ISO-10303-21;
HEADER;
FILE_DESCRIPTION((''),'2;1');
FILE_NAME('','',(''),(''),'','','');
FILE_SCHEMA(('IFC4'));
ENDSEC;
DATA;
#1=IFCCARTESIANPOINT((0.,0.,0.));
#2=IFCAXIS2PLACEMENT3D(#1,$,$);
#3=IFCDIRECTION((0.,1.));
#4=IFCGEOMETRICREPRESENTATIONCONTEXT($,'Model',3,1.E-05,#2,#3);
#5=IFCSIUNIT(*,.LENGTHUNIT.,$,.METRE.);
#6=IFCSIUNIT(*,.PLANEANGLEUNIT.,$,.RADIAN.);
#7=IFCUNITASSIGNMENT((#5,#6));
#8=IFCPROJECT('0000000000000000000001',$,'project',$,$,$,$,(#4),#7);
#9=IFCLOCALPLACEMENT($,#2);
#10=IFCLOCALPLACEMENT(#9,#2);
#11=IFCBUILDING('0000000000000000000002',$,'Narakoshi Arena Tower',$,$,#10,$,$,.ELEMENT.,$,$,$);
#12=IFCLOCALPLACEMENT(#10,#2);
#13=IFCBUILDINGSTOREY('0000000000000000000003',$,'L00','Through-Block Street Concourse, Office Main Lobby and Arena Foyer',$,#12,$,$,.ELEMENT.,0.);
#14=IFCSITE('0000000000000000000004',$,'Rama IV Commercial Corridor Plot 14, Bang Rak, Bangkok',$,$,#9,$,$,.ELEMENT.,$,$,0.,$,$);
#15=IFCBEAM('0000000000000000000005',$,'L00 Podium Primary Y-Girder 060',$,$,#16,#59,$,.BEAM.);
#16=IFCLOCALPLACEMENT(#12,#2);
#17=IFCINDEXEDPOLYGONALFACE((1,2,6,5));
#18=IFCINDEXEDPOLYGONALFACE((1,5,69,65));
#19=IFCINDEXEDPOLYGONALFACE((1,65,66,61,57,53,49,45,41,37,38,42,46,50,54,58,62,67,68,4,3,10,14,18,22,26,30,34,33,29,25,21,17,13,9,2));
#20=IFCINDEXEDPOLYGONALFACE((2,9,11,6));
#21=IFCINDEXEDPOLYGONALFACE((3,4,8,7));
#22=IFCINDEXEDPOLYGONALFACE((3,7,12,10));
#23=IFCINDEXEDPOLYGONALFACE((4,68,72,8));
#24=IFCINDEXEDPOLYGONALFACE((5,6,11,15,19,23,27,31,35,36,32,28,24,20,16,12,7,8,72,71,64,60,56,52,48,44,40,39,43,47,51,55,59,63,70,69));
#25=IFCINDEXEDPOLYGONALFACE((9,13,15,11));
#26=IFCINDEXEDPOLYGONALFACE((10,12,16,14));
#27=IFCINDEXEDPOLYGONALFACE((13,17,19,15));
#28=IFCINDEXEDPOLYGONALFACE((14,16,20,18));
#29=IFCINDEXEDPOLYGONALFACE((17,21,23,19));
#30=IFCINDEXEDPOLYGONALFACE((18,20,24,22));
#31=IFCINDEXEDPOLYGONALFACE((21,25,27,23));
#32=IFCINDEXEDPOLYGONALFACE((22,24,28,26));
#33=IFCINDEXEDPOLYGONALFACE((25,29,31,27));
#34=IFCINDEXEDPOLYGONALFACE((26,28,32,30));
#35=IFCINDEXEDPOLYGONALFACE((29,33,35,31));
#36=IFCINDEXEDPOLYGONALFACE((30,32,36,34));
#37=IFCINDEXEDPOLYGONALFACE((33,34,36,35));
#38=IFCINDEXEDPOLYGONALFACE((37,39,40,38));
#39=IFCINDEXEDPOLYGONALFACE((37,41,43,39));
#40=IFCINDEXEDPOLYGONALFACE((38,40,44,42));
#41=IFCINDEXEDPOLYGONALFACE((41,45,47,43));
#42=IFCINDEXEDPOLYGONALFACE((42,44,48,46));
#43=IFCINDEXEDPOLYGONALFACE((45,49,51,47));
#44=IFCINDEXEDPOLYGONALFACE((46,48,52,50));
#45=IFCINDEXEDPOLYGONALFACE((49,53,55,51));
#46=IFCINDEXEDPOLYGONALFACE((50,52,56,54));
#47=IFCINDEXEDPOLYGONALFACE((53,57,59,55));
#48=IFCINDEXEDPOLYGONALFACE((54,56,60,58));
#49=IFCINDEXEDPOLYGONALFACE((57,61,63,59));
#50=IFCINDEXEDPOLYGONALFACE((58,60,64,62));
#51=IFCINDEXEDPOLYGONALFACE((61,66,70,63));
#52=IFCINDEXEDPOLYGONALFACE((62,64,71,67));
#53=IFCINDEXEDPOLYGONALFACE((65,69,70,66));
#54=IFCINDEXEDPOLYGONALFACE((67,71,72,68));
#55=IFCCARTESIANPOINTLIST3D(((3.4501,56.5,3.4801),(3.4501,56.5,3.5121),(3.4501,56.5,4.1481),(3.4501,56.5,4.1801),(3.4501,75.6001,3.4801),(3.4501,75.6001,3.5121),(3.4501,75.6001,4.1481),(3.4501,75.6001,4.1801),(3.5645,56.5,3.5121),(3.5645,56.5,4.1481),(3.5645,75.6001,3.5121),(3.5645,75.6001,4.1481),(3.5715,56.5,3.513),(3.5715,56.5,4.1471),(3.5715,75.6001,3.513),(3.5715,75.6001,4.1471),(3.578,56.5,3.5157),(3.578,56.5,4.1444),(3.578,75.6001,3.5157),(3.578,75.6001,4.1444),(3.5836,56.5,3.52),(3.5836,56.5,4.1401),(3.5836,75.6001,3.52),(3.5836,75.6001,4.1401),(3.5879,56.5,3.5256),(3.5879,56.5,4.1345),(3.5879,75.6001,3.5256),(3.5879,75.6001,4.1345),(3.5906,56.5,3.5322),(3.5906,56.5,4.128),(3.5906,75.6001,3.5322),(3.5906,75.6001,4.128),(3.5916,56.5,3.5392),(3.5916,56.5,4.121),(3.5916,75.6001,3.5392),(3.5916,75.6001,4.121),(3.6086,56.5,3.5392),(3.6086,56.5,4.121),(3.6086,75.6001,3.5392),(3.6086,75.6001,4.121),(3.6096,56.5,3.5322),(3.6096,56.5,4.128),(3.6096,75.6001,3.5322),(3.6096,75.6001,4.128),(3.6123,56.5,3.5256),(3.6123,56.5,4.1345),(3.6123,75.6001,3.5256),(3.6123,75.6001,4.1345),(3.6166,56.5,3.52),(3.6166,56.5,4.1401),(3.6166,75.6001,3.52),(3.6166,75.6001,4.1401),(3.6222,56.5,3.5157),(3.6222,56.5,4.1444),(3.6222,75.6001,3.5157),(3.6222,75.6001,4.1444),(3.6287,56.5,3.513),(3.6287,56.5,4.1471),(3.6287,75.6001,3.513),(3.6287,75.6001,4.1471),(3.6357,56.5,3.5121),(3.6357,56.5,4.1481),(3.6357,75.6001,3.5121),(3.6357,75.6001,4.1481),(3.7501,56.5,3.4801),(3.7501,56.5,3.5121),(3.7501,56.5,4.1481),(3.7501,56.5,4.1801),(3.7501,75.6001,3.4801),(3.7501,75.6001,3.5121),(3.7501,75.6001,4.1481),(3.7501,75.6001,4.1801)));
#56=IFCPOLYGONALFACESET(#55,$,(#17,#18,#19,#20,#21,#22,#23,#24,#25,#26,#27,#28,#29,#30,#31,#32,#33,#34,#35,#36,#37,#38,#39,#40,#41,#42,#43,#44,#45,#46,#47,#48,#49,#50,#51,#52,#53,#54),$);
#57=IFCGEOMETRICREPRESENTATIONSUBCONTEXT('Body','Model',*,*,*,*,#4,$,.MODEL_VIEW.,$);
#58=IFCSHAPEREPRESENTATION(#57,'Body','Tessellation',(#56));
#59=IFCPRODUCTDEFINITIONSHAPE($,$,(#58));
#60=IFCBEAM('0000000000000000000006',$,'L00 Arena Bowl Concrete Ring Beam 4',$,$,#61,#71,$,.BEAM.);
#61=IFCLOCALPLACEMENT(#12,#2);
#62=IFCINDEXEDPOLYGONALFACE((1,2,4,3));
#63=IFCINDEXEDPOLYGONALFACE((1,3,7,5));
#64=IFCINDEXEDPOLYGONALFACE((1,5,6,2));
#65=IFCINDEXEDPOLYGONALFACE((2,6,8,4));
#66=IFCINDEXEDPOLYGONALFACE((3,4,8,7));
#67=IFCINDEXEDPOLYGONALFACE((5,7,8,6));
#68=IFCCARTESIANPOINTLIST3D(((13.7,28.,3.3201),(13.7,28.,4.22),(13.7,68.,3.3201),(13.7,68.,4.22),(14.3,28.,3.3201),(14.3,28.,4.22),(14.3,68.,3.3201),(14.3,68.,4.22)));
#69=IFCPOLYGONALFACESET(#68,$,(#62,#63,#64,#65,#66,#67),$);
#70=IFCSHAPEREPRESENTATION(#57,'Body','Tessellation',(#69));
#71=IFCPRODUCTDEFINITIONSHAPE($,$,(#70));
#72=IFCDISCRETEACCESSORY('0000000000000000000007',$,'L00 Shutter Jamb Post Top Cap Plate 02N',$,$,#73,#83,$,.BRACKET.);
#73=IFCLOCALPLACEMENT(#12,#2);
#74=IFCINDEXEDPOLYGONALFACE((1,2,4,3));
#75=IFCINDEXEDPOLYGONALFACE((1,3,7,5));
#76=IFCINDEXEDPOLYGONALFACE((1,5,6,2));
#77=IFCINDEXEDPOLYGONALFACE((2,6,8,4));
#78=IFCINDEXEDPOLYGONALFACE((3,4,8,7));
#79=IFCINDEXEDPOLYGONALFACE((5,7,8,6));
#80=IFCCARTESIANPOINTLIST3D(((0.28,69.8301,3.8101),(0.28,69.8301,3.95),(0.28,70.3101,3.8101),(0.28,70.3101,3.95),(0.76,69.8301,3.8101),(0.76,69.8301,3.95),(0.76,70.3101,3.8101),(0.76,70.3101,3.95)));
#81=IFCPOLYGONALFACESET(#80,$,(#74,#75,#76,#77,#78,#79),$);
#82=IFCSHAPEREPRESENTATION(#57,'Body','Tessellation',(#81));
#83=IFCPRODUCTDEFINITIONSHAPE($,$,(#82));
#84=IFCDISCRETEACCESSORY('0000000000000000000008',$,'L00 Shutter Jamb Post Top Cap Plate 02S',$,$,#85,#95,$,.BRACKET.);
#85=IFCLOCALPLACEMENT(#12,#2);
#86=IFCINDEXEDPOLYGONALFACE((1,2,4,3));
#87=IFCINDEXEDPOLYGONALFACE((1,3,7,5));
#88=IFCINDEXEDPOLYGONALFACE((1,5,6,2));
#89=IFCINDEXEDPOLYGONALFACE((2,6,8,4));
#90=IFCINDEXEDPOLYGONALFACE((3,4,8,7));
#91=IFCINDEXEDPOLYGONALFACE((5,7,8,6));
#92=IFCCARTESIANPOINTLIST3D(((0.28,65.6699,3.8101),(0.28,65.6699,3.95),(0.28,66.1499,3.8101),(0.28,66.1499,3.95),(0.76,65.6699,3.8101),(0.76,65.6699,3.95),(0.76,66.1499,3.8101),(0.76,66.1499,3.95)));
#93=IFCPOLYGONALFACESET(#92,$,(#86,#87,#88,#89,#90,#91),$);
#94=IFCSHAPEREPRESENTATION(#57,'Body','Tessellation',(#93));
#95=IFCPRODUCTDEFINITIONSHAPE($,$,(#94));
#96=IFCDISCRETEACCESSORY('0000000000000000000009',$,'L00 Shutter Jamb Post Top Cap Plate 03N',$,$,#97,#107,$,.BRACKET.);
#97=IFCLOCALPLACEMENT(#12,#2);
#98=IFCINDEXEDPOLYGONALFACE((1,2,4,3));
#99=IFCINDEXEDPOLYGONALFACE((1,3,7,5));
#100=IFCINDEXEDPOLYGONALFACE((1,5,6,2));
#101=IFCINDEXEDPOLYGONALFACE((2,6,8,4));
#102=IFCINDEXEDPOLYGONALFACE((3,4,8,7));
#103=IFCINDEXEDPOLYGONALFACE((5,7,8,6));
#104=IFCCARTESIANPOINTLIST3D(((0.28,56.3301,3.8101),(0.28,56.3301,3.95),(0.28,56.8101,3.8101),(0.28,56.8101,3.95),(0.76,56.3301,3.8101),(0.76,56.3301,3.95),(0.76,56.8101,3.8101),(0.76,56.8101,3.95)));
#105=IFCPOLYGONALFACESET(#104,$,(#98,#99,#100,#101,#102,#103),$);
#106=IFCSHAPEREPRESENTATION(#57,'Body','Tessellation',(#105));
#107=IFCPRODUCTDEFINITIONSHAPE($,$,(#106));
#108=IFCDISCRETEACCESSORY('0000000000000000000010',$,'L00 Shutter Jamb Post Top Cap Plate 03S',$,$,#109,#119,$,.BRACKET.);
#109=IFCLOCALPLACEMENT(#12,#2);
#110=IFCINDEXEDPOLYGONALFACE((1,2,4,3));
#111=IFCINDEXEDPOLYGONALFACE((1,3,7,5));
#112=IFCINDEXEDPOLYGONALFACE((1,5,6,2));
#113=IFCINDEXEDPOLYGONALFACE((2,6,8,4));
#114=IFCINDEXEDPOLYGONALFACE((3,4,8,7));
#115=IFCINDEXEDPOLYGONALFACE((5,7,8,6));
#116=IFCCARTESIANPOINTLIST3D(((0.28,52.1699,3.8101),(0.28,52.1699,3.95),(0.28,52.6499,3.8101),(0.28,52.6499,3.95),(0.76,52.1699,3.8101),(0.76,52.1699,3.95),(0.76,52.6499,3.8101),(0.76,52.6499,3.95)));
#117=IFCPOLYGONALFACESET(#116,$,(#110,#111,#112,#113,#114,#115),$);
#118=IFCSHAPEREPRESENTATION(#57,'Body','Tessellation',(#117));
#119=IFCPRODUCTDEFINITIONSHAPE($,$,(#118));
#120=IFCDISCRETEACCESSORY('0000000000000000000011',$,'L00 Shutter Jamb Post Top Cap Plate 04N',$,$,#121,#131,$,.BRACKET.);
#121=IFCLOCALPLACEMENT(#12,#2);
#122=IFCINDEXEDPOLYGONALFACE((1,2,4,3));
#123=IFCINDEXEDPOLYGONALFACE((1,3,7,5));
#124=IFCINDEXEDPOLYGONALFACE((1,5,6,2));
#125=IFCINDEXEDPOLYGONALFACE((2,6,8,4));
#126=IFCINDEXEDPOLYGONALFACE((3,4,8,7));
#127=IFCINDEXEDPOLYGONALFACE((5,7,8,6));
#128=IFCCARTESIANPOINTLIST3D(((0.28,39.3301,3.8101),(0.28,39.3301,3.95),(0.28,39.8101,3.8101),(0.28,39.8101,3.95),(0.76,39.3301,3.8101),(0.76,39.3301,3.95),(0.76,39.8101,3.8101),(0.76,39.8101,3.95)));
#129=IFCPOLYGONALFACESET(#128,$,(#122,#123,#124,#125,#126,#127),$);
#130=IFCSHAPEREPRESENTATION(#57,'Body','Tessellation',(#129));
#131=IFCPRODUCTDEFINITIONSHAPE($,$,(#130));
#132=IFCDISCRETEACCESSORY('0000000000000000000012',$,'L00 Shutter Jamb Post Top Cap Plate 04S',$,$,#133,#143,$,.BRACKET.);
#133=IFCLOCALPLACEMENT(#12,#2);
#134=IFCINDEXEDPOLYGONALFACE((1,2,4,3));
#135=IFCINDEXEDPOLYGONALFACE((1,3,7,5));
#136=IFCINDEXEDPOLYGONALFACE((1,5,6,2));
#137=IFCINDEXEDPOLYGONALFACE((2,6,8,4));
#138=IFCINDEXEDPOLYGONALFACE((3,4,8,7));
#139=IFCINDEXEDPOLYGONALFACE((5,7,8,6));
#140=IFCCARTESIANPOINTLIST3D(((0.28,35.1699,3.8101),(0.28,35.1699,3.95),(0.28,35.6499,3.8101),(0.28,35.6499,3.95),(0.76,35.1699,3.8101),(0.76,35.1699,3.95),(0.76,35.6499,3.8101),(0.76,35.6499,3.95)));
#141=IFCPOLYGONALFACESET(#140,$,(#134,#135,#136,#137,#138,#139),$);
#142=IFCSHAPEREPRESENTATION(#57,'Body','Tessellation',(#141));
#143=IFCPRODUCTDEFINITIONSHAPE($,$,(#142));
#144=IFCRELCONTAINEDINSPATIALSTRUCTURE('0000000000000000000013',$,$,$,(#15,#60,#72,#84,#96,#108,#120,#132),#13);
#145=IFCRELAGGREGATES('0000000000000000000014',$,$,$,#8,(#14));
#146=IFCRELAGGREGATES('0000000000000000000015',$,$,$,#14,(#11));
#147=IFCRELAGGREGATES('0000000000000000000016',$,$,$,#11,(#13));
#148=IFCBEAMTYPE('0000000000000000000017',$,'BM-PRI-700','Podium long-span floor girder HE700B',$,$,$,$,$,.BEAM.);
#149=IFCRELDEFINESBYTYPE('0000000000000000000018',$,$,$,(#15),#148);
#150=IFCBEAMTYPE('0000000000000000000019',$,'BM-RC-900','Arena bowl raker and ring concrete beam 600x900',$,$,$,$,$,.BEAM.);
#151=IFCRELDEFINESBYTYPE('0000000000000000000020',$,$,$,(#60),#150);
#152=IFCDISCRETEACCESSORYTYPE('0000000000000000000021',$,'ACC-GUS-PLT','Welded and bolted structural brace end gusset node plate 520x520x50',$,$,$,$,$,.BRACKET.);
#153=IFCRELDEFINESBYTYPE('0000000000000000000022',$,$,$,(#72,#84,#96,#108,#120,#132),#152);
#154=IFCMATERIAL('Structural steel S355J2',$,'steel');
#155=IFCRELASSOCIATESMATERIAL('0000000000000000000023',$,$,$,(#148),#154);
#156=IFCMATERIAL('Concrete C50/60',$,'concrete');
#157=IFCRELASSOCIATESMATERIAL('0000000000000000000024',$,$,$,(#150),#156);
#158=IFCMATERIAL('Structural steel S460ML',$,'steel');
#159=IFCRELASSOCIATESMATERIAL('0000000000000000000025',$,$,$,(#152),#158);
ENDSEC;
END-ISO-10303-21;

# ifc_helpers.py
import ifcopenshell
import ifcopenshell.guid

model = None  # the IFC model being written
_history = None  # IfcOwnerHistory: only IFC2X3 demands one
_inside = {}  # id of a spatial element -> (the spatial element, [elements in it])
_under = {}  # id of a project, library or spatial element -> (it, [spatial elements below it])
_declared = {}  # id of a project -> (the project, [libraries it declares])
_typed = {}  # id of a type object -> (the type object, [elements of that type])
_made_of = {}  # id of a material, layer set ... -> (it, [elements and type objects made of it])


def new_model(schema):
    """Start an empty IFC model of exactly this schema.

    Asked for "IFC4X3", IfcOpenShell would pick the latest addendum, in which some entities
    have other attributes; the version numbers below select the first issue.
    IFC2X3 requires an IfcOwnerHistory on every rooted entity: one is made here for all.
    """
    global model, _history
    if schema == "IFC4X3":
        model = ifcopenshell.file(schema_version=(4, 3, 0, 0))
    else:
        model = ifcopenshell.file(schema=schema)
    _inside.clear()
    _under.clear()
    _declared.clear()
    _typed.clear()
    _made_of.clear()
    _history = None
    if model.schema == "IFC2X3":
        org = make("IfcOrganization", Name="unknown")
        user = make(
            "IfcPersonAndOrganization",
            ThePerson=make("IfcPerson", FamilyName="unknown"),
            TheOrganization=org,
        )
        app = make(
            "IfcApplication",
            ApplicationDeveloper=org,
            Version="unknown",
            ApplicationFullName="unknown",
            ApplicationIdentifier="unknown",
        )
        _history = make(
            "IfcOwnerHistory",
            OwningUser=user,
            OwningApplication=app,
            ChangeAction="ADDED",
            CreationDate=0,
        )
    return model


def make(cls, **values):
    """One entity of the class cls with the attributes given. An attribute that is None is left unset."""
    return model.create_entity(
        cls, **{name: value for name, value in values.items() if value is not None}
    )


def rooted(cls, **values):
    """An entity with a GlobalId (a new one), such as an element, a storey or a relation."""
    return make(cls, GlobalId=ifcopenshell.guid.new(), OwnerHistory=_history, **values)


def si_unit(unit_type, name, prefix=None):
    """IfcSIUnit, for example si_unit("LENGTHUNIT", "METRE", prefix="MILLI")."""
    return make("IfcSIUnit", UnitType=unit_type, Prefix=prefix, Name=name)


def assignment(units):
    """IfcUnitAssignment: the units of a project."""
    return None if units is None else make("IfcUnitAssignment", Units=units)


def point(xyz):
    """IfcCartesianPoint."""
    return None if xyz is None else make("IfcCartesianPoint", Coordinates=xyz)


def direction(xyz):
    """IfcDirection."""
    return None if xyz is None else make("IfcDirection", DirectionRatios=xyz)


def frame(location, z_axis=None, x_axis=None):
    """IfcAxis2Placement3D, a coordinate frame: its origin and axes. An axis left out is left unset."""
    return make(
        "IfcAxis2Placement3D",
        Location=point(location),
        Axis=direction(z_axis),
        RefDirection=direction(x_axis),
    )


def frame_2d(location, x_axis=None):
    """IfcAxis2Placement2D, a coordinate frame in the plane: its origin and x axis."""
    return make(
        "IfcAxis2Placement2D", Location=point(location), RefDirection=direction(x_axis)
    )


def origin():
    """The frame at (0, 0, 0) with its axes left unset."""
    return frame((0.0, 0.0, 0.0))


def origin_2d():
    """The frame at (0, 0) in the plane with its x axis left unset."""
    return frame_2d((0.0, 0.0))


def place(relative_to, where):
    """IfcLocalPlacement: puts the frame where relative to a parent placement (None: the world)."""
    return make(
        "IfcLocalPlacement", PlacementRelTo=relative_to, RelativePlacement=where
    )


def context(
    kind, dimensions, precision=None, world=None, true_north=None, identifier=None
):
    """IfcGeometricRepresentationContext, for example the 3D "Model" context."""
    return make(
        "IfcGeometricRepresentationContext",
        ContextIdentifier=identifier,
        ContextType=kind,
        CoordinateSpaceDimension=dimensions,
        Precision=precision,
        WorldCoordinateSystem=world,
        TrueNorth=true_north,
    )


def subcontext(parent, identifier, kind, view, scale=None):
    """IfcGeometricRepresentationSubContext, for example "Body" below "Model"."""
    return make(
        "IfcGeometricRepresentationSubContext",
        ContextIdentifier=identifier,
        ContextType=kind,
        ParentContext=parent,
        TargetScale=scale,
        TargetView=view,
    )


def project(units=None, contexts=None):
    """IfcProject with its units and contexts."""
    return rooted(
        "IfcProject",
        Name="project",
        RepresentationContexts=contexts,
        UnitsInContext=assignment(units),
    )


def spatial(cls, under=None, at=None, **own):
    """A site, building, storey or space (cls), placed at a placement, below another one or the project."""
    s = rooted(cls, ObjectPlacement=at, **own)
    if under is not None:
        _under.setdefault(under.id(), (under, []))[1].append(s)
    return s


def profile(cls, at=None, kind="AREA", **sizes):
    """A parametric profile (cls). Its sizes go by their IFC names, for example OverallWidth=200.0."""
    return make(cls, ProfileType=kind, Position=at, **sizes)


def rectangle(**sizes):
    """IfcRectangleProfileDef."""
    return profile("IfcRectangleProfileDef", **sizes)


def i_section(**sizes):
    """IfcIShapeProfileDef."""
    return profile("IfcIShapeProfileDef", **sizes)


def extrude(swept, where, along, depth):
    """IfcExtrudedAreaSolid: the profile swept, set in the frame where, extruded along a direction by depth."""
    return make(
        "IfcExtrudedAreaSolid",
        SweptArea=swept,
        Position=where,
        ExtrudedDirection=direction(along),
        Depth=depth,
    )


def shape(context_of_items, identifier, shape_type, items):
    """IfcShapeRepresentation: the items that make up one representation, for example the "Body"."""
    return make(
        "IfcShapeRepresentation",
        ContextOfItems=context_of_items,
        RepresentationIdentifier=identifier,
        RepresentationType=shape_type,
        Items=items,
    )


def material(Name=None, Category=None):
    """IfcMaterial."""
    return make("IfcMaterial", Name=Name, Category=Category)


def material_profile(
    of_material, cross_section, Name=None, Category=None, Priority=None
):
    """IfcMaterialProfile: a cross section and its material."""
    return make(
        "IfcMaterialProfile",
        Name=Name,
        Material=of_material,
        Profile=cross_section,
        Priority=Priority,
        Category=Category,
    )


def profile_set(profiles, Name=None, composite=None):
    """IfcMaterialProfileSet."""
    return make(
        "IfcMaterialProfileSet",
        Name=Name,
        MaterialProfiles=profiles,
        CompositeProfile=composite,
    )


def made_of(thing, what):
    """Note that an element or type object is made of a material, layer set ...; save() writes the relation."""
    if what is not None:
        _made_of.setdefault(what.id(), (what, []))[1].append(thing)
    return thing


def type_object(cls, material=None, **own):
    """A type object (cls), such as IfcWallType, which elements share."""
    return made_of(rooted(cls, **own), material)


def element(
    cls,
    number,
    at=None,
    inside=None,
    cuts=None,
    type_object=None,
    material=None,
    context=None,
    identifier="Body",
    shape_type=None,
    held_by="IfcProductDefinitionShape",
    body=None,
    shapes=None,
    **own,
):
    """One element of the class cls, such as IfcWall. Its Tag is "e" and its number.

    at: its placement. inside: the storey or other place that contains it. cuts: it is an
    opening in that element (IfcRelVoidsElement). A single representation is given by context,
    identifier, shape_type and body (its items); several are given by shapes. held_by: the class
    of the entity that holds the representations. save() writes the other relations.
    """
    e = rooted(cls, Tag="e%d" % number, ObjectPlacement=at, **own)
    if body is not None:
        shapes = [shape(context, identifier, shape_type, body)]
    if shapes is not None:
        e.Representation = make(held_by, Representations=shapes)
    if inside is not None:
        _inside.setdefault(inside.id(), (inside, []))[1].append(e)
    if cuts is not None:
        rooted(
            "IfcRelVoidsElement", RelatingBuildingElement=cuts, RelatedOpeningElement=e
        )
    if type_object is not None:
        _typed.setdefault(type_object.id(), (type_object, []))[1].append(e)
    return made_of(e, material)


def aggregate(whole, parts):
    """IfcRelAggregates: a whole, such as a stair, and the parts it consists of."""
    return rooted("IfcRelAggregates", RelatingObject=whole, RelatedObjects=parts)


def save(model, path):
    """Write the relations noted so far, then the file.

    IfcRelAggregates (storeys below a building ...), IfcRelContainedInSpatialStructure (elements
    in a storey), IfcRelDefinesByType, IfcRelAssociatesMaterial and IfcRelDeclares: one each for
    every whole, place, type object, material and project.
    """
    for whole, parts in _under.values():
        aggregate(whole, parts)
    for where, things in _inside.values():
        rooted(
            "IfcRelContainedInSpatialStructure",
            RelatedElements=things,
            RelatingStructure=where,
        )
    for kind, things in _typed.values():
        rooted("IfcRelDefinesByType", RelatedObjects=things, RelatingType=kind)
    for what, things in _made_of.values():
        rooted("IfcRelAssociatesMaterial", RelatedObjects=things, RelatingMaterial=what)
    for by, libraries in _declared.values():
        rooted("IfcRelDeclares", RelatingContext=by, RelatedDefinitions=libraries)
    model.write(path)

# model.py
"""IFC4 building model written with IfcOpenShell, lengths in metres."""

from ifc_helpers import new_model, si_unit, direction, frame, origin, origin_2d, place, context, subcontext, project, spatial, rectangle, i_section, extrude, material, material_profile, profile_set, type_object, element, save


model = new_model("IFC4")

# Units and contexts
model_context = context("Model", 3, precision=1e-05, world=origin(), true_north=direction((0.0, 1.0)))
body_context = subcontext(model_context, "Body", "Model", "MODEL_VIEW")
ifc_project = project(units=[si_unit("LENGTHUNIT", "METRE"), si_unit("PLANEANGLEUNIT", "RADIAN")], contexts=[model_context])

# Site, building, storey
site_placement = place(None, origin())
site = spatial("IfcSite", under=ifc_project, at=site_placement, Name="Rama IV Commercial Corridor Plot 14, Bang Rak, Bangkok", CompositionType="ELEMENT", RefElevation=0.0)
building_placement = place(site_placement, origin())
building = spatial("IfcBuilding", under=site, at=building_placement, Name="Narakoshi Arena Tower", CompositionType="ELEMENT")
storey_placement = place(building_placement, origin())
storey = spatial("IfcBuildingStorey", under=building, at=storey_placement, Name="L00", Description="Through-Block Street Concourse, Office Main Lobby and Arena Foyer", CompositionType="ELEMENT", Elevation=0.0)

# Shared definitions
ifc_material_1 = material(Name="Concrete C50/60", Category="concrete")
ifc_material_2 = material(Name="Structural steel S355J2", Category="steel")

# Beams
ifc_material_profile_1 = material_profile(ifc_material_2, i_section(OverallWidth=0.3, OverallDepth=0.7, WebThickness=0.0171, FlangeThickness=0.032, FilletRadius=0.0271, at=origin_2d()), Name="HE700B")
ifc_profile_set_1 = profile_set([ifc_material_profile_1], Name="Structural steel S355J2")
beam_type_1 = type_object("IfcBeamType", Name="BM-PRI-700", Description="Podium long-span floor girder HE700B", PredefinedType="BEAM", material=ifc_profile_set_1)
beam_1_placement = place(storey_placement, frame((3.6001, 56.5, 3.8301), z_axis=(0.0, 1.0, 0.0), x_axis=(-1.0, 0.0, 0.0)))
element("IfcBeam", 1, at=beam_1_placement, inside=storey, type_object=beam_type_1, Name="L00 Podium Primary Y-Girder 060", PredefinedType="BEAM", context=body_context, shape_type="SweptSolid", body=[
    extrude(i_section(OverallWidth=0.3, OverallDepth=0.7, WebThickness=0.0171, FlangeThickness=0.032, FilletRadius=0.0271, at=origin_2d()), origin(), (0.0, 0.0, 1.0), 19.1001),
])
ifc_material_profile_2 = material_profile(ifc_material_1, rectangle(XDim=0.6001, YDim=0.8999, at=origin_2d()), Name="RCB600x900")
ifc_profile_set_2 = profile_set([ifc_material_profile_2], Name="Concrete C50/60")
beam_type_2 = type_object("IfcBeamType", Name="BM-RC-900", Description="Arena bowl raker and ring concrete beam 600x900", PredefinedType="BEAM", material=ifc_profile_set_2)
beam_2_placement = place(storey_placement, frame((14.0, 68.0, 3.77), z_axis=(0.0, -1.0, 0.0), x_axis=(1.0, 0.0, 0.0)))
element("IfcBeam", 2, at=beam_2_placement, inside=storey, type_object=beam_type_2, Name="L00 Arena Bowl Concrete Ring Beam 4", PredefinedType="BEAM", context=body_context, shape_type="SweptSolid", body=[
    extrude(rectangle(XDim=0.6001, YDim=0.8999, at=origin_2d()), origin(), (0.0, 0.0, 1.0), 40.0),
])

# Discrete accessories
ifc_material_3 = material(Name="Structural steel S460ML", Category="steel")
discrete_accessory_type = type_object("IfcDiscreteAccessoryType", Name="ACC-GUS-PLT", Description="Welded and bolted structural brace end gusset node plate 520x520x50", PredefinedType="BRACKET", material=ifc_material_3)
for number, where, z_axis, x_axis, name in (
    (3, (0.52, 70.0701, 3.8101), (0.0, 0.0, 1.0), (1.0, 0.0, 0.0), "L00 Shutter Jamb Post Top Cap Plate 02N"),
    (4, (0.52, 65.9099, 3.8101), (0.0, 0.0, 1.0), (1.0, 0.0, 0.0), "L00 Shutter Jamb Post Top Cap Plate 02S"),
    (5, (0.52, 56.5701, 3.8101), (0.0, 0.0, 1.0), (1.0, 0.0, 0.0), "L00 Shutter Jamb Post Top Cap Plate 03N"),
    (6, (0.52, 52.4099, 3.8101), (0.0, 0.0, 1.0), (1.0, 0.0, 0.0), "L00 Shutter Jamb Post Top Cap Plate 03S"),
    (7, (0.52, 39.5701, 3.8101), (0.0, 0.0, 1.0), (1.0, 0.0, 0.0), "L00 Shutter Jamb Post Top Cap Plate 04N"),
    (8, (0.52, 35.4099, 3.8101), (0.0, 0.0, 1.0), (1.0, 0.0, 0.0), "L00 Shutter Jamb Post Top Cap Plate 04S"),
):
    element("IfcDiscreteAccessory", number, at=place(storey_placement, frame(where, z_axis=z_axis, x_axis=x_axis)), inside=storey, type_object=discrete_accessory_type, Name=name, PredefinedType="BRACKET", context=body_context, shape_type="SweptSolid", body=[
        extrude(rectangle(XDim=0.48, YDim=0.48, at=origin_2d()), origin(), (0.0, 0.0, 1.0), 0.1399),
    ])

save(model, "model.ifc")
